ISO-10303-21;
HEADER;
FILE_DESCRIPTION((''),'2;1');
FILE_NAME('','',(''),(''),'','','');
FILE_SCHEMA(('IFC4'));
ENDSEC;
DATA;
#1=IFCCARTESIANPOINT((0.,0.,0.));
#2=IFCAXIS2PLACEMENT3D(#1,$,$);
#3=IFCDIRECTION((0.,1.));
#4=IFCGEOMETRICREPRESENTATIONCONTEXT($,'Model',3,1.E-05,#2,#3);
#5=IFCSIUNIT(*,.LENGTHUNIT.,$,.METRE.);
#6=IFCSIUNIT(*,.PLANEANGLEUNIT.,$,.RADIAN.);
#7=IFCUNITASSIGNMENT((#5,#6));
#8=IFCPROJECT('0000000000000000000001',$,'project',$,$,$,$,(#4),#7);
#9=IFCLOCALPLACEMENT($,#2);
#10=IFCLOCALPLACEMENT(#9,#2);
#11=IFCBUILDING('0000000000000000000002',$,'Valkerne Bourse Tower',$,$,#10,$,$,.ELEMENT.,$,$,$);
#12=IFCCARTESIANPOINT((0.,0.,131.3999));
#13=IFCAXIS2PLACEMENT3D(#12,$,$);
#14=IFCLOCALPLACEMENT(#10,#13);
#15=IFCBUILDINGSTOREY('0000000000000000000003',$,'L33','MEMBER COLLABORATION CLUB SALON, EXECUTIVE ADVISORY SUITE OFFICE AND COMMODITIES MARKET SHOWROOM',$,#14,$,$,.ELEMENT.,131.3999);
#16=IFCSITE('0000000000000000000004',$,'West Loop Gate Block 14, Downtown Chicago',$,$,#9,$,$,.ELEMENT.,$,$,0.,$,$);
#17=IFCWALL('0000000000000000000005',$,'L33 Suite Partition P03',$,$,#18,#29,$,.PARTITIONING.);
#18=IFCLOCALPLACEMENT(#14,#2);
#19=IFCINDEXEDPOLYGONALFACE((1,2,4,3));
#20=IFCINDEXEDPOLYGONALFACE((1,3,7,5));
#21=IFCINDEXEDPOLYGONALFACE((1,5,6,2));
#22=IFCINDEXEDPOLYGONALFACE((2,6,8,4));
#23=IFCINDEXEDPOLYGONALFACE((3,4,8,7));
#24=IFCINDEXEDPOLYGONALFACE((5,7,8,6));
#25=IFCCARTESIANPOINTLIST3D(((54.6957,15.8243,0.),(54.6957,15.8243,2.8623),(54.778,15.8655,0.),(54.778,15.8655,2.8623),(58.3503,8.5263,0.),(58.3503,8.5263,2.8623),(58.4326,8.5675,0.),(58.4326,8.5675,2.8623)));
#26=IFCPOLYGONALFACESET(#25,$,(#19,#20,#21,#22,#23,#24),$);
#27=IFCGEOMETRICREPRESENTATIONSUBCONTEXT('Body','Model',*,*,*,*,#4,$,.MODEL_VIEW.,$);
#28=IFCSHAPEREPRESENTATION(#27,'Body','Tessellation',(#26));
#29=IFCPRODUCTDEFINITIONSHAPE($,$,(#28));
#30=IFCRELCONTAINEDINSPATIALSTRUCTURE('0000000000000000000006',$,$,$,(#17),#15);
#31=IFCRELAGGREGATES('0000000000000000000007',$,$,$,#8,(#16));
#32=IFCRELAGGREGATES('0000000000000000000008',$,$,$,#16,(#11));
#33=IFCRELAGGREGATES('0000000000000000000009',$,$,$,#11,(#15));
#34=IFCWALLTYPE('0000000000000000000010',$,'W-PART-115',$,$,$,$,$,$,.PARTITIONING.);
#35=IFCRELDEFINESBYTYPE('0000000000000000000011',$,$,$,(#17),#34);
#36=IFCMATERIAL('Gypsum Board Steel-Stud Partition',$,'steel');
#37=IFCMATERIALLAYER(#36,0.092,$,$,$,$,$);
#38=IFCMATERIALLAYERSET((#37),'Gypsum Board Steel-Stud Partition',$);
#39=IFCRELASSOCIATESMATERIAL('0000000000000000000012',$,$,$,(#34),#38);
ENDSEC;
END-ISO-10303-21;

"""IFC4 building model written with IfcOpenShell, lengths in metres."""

from ifc_helpers import new_model, si_unit, direction, frame, frame_2d, origin, place, context, subcontext, project, spatial, rectangle, extrude, material, layer, layer_set, type_object, element, save


model = new_model("IFC4")

# Units and contexts
model_context = context("Model", 3, precision=1e-05, world=origin(), true_north=direction((0.0, 1.0)))
body_context = subcontext(model_context, "Body", "Model", "MODEL_VIEW")
ifc_project = project(units=[si_unit("LENGTHUNIT", "METRE"), si_unit("PLANEANGLEUNIT", "RADIAN")], contexts=[model_context])

# Site, building, storey
site_placement = place(None, origin())
site = spatial("IfcSite", under=ifc_project, at=site_placement, Name="West Loop Gate Block 14, Downtown Chicago", CompositionType="ELEMENT", RefElevation=0.0)
building_placement = place(site_placement, origin())
building = spatial("IfcBuilding", under=site, at=building_placement, Name="Valkerne Bourse Tower", CompositionType="ELEMENT")
storey_placement = place(building_placement, frame((0.0, 0.0, 131.3999)))
storey = spatial("IfcBuildingStorey", under=building, at=storey_placement, Name="L33", Description="MEMBER COLLABORATION CLUB SALON, EXECUTIVE ADVISORY SUITE OFFICE AND COMMODITIES MARKET SHOWROOM", CompositionType="ELEMENT", Elevation=131.3999)

# Shared definitions
ifc_material_1 = material(Name="Gypsum Board Steel-Stud Partition", Category="steel")

# Wall
ifc_layer_1 = layer(ifc_material_1, 0.092)
ifc_layer_set_1 = layer_set([ifc_layer_1], Name="Gypsum Board Steel-Stud Partition")
wall_type_1 = type_object("IfcWallType", Name="W-PART-115", PredefinedType="PARTITIONING", material=ifc_layer_set_1)
wall_1_placement = place(storey_placement, frame((54.7368, 15.845, 0.0), z_axis=(0.0, 0.0, 1.0), x_axis=(0.447764, -0.894152, 0.0)))
element("IfcWall", 1, at=wall_1_placement, inside=storey, type_object=wall_type_1, Name="L33 Suite Partition P03", PredefinedType="PARTITIONING", context=body_context, shape_type="SweptSolid", body=[
    extrude(rectangle(XDim=8.1619, YDim=0.092, at=frame_2d((4.0811, 0.0))), origin(), (0.0, 0.0, 1.0), 2.8623),
])

save(model, "model.ifc")
